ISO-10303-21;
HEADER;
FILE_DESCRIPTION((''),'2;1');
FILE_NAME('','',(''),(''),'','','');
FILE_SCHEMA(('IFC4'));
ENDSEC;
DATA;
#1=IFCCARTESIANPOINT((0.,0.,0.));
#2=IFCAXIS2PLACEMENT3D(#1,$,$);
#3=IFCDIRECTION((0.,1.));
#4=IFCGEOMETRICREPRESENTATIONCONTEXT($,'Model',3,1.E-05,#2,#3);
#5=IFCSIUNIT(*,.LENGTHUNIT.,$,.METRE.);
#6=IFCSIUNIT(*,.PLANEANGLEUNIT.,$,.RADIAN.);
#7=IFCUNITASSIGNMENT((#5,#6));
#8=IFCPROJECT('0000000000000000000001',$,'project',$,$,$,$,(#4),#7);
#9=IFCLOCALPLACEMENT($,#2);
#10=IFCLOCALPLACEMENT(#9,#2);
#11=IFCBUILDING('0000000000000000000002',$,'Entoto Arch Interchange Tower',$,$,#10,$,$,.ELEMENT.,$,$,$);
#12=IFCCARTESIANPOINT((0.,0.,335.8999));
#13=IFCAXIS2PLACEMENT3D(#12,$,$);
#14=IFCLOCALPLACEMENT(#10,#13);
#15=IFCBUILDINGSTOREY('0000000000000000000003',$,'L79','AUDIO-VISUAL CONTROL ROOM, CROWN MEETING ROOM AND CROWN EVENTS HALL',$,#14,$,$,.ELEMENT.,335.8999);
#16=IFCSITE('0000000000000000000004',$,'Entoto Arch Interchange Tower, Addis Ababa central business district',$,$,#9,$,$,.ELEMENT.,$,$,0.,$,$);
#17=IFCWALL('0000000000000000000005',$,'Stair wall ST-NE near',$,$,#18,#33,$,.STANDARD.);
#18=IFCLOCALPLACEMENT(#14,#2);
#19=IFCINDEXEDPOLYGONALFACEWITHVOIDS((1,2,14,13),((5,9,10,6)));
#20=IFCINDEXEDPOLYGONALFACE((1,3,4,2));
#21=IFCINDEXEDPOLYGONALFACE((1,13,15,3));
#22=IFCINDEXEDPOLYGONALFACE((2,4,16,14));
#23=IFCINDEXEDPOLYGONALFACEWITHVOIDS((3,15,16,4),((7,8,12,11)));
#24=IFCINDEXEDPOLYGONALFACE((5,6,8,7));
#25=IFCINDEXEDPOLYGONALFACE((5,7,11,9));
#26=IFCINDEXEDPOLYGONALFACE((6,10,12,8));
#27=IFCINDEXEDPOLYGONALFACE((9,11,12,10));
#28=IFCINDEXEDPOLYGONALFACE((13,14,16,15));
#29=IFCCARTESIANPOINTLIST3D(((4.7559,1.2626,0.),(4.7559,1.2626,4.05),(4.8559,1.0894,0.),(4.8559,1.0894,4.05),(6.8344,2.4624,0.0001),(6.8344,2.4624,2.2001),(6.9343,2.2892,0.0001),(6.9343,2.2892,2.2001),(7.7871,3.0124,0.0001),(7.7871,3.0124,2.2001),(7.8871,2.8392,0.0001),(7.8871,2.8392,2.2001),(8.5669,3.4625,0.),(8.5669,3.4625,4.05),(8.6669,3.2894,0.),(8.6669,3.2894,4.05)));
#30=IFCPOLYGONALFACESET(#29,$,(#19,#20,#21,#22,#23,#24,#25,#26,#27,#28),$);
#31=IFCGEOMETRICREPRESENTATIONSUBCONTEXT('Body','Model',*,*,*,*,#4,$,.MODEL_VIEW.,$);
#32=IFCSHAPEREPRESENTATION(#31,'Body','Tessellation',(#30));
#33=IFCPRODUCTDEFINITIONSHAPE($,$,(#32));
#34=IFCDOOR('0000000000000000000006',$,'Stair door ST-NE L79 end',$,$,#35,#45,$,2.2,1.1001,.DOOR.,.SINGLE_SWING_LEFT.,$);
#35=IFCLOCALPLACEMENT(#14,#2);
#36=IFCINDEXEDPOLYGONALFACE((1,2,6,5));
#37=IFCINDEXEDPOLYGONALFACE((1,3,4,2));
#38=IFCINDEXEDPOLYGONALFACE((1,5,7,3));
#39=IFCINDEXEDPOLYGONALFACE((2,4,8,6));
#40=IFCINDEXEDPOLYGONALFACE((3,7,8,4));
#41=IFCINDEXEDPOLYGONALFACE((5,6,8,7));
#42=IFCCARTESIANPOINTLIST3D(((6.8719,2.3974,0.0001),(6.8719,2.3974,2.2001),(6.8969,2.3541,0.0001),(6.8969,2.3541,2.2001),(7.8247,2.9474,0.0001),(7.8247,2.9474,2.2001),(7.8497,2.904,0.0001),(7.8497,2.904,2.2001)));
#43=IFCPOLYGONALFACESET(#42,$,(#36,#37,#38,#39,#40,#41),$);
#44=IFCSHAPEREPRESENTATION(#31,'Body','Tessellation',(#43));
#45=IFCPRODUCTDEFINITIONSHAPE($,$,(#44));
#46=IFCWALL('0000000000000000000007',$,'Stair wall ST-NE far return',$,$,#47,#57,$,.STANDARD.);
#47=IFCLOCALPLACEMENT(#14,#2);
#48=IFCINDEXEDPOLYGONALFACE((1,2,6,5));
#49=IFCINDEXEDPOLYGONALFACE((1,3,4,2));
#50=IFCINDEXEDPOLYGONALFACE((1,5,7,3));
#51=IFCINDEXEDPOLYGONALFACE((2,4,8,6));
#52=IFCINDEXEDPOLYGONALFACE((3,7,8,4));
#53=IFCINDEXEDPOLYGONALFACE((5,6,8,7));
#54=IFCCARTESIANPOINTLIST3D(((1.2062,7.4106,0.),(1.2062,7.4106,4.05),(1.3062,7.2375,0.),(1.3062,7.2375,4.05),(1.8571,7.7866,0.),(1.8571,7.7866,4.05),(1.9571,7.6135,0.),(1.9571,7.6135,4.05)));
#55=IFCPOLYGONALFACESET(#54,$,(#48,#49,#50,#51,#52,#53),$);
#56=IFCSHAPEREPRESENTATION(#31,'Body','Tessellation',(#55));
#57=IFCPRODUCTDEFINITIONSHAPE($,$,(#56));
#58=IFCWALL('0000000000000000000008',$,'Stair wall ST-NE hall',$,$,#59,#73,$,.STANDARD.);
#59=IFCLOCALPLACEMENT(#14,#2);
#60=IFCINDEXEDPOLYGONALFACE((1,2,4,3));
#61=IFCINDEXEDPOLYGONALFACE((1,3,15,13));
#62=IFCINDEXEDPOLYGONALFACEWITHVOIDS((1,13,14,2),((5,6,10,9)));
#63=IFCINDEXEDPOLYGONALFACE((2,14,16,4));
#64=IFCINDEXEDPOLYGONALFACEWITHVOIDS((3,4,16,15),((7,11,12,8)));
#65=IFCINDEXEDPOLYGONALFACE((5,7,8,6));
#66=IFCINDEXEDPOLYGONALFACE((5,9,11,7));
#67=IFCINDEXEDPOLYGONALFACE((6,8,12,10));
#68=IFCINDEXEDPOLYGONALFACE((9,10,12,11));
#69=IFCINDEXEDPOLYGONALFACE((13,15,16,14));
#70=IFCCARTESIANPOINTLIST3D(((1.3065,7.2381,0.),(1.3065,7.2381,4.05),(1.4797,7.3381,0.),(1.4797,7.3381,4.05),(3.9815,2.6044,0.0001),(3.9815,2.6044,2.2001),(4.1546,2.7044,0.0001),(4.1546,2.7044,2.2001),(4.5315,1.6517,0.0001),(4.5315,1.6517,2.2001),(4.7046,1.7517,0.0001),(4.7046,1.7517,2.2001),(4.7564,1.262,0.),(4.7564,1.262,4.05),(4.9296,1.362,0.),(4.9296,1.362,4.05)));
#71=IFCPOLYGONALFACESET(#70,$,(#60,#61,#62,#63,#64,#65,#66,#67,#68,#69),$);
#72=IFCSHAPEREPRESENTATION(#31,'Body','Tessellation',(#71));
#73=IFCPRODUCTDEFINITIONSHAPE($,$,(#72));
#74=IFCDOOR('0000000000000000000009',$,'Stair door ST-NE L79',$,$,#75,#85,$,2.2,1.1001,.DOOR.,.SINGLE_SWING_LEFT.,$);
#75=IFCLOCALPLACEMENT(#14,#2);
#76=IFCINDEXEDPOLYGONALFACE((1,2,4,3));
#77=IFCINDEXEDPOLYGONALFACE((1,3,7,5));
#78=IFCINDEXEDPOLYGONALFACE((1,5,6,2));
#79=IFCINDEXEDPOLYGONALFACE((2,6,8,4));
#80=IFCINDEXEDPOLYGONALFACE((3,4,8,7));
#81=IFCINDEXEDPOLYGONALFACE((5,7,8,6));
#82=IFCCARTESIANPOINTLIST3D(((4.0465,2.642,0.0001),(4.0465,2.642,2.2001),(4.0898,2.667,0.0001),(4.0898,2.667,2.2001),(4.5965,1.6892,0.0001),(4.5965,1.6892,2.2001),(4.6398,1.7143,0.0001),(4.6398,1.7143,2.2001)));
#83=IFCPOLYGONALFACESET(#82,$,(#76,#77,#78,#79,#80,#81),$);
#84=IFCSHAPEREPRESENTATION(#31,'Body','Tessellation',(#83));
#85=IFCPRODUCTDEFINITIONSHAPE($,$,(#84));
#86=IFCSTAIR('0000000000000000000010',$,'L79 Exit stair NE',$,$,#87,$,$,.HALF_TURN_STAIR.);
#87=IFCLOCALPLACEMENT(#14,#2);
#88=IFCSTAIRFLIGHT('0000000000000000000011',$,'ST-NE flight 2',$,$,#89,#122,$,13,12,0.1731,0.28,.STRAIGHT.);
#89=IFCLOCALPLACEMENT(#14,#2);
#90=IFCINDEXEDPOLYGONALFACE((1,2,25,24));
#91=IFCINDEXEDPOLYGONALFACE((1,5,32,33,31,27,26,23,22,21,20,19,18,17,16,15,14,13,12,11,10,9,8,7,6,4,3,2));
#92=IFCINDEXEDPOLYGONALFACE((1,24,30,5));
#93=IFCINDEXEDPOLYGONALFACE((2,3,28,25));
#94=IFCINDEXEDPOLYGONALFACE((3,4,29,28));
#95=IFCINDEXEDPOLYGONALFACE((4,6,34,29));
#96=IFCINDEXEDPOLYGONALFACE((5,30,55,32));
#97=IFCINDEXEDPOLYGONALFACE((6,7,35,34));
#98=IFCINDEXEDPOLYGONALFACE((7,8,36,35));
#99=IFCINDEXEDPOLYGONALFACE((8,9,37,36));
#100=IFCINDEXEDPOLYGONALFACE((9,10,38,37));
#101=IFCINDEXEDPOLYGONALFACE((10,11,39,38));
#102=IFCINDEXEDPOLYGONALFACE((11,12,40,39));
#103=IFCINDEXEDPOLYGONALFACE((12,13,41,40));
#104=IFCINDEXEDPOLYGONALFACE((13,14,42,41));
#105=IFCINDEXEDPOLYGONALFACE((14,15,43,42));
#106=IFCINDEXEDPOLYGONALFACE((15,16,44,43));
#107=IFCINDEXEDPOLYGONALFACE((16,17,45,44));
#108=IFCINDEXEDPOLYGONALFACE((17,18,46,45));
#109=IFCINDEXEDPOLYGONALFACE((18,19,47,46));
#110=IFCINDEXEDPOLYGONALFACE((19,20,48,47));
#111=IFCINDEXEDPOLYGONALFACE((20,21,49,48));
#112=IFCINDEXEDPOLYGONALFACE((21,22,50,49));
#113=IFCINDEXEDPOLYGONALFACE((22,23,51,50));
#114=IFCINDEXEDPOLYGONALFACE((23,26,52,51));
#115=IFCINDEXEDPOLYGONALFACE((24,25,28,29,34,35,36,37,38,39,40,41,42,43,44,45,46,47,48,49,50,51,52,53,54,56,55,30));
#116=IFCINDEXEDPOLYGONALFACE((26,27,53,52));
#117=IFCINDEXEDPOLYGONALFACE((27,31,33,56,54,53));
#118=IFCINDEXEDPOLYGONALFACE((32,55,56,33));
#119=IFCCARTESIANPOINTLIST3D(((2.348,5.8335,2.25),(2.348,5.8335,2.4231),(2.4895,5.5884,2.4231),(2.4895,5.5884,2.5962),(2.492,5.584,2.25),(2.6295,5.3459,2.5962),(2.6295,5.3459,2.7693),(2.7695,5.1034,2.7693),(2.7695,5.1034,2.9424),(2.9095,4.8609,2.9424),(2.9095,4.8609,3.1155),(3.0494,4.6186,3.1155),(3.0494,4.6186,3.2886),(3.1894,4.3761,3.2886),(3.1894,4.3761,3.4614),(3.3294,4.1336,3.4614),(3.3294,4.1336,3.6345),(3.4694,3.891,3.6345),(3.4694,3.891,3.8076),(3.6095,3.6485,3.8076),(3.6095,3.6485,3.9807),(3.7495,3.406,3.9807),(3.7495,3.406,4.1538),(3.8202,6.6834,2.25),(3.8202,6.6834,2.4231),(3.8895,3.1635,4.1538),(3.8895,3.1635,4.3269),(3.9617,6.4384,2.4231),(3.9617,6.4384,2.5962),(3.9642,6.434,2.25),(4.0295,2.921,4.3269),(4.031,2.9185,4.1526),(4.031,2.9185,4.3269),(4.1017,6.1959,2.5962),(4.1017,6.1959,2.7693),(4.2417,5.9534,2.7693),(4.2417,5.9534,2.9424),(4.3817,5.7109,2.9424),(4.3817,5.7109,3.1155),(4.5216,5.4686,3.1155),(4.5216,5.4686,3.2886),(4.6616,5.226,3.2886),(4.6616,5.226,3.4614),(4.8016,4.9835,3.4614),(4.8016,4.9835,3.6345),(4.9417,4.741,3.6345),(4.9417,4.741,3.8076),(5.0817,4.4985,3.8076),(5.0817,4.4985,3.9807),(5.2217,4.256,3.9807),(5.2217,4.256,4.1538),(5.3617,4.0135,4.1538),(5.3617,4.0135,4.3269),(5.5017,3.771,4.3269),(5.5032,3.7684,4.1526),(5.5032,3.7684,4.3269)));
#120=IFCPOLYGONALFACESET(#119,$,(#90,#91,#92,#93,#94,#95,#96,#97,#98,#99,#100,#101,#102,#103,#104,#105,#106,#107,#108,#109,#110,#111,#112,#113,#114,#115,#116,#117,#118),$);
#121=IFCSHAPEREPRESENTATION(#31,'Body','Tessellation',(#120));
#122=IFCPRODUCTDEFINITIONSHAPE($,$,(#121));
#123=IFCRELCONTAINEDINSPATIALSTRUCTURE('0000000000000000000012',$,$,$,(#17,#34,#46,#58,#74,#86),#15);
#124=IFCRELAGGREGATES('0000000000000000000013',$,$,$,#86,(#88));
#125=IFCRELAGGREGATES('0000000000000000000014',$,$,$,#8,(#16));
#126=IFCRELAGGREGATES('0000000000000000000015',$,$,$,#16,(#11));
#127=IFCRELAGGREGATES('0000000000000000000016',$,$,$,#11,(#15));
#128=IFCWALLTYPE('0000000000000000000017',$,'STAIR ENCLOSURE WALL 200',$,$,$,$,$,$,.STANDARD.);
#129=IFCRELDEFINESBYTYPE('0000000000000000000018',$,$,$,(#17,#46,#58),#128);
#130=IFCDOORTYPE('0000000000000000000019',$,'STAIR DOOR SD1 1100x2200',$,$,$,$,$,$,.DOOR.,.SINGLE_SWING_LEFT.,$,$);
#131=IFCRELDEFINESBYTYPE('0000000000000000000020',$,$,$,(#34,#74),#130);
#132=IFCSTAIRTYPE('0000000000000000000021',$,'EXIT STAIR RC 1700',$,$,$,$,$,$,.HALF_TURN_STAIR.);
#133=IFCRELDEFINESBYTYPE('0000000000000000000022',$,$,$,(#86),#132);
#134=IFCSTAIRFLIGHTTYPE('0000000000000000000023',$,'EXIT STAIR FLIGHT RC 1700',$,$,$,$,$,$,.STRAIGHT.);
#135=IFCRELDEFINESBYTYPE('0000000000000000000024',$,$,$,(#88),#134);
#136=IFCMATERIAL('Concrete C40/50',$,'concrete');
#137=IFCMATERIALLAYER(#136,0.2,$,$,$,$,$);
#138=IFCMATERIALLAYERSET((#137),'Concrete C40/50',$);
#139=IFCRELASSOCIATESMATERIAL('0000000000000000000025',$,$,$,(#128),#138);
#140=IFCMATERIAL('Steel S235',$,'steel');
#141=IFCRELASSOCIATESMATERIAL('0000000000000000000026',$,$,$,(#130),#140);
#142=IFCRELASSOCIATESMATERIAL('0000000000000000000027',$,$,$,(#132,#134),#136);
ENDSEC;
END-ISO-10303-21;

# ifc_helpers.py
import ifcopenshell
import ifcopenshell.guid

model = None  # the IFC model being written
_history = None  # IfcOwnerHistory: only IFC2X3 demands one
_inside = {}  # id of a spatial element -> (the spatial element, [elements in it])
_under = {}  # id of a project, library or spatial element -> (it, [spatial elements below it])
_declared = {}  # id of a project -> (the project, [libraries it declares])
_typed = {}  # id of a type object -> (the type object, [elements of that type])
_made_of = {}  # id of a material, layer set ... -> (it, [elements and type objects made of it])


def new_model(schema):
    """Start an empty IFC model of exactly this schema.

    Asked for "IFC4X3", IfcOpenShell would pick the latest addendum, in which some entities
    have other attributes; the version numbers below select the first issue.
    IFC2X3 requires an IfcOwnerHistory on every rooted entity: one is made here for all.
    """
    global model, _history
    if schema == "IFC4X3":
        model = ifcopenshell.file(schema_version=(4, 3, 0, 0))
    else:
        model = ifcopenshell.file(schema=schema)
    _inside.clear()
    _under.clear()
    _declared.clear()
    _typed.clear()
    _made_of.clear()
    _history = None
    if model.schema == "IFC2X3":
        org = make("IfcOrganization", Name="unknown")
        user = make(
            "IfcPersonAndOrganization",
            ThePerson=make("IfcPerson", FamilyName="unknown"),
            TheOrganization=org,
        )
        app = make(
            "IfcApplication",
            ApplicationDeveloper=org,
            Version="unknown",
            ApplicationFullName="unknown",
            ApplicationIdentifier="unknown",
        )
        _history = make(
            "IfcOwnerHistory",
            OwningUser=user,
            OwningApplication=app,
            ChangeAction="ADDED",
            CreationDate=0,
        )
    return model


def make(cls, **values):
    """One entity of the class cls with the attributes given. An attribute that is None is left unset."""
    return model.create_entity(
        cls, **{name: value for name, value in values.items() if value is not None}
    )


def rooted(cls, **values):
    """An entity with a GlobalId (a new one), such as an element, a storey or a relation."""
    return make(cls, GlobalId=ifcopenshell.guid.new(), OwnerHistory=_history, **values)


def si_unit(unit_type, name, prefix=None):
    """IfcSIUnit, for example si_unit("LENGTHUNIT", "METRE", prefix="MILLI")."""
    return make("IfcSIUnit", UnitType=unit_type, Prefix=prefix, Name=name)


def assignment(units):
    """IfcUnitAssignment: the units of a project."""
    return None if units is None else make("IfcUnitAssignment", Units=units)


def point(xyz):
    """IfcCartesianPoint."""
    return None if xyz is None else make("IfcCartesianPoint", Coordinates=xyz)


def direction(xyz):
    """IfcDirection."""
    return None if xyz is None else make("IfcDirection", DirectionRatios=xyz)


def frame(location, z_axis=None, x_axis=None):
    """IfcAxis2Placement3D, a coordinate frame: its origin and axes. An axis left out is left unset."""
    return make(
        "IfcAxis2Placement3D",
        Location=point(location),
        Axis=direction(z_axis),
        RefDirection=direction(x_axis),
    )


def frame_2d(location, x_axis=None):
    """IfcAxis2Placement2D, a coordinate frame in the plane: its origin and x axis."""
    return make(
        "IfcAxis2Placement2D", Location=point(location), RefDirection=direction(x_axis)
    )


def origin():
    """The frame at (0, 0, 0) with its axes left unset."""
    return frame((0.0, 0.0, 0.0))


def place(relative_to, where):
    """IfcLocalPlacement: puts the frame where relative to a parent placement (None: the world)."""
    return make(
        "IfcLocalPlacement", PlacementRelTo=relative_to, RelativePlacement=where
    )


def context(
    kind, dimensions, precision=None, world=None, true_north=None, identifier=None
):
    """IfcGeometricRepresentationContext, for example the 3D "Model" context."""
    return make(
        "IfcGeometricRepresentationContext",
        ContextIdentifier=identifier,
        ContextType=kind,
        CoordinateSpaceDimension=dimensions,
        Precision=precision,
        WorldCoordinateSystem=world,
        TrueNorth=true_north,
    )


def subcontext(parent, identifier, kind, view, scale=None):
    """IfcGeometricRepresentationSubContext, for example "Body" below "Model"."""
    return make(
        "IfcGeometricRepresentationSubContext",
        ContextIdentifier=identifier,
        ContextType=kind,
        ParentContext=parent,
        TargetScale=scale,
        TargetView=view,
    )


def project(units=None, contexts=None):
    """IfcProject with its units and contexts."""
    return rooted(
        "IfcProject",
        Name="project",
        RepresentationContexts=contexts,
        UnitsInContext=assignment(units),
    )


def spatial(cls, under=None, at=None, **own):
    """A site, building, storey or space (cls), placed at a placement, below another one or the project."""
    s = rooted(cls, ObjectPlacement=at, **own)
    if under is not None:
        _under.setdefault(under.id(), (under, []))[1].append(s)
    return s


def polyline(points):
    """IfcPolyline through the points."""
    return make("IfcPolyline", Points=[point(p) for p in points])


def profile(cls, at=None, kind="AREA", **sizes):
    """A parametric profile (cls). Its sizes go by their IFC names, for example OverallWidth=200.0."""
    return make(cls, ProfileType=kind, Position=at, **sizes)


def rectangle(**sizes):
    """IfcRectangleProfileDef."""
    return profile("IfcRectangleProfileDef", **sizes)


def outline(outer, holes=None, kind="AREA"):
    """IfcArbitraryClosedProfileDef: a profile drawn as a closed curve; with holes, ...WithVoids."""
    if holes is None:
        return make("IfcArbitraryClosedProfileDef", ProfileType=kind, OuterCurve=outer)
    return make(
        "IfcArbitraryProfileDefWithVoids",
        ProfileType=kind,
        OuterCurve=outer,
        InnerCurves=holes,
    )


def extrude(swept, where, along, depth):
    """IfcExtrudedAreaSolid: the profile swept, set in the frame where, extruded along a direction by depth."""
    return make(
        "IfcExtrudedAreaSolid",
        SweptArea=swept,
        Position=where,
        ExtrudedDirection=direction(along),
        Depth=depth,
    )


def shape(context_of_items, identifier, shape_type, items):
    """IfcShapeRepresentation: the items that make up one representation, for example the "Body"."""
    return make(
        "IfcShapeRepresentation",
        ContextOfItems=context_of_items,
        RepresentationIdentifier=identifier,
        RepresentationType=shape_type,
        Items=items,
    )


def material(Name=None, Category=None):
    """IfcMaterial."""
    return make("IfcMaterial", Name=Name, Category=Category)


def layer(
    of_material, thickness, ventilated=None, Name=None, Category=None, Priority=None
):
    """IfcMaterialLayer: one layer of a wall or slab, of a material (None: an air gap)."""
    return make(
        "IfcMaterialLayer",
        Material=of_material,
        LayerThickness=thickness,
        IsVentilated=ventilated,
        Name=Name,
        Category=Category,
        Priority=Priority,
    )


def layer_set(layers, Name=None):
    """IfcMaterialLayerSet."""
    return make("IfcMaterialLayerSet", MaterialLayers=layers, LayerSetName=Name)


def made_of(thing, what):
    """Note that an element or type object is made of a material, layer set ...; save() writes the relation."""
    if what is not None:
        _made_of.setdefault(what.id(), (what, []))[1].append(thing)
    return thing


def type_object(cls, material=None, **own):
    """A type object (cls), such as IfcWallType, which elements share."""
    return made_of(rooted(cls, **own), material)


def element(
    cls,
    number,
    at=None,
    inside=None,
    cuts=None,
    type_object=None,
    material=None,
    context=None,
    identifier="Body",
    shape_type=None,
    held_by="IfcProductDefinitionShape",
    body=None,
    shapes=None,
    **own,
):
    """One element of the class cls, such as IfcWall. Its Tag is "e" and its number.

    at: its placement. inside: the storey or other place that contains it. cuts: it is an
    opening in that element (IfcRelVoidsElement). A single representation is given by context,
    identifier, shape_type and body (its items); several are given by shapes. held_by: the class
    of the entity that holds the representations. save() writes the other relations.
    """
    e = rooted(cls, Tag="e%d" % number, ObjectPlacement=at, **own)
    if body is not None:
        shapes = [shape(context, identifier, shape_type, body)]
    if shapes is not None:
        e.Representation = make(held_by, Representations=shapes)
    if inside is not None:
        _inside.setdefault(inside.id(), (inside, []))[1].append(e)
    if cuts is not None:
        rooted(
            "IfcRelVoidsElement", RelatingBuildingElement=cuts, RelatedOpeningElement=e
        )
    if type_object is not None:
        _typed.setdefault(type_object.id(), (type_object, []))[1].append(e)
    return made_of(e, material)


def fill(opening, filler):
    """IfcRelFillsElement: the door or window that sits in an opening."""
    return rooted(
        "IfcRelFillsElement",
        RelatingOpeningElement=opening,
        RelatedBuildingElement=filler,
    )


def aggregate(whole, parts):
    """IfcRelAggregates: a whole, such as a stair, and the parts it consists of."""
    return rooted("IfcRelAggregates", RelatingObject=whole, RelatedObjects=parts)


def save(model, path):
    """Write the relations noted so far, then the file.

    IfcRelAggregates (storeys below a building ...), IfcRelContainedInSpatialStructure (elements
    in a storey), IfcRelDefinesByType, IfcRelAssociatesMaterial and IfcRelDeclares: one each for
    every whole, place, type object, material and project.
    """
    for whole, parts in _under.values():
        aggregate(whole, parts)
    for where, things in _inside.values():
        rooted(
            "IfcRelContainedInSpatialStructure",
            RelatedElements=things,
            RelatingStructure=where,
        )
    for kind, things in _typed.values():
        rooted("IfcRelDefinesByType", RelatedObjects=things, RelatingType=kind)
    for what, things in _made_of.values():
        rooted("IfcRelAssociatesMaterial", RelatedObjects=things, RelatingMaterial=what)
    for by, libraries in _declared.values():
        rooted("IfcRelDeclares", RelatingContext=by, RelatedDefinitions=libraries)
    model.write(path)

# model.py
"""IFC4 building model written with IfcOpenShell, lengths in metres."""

from ifc_helpers import new_model, si_unit, direction, frame, frame_2d, origin, place, context, subcontext, project, spatial, polyline, rectangle, outline, extrude, material, layer, layer_set, type_object, element, fill, aggregate, save


model = new_model("IFC4")

# Units and contexts
model_context = context("Model", 3, precision=1e-05, world=origin(), true_north=direction((0.0, 1.0)))
body_context = subcontext(model_context, "Body", "Model", "MODEL_VIEW")
ifc_project = project(units=[si_unit("LENGTHUNIT", "METRE"), si_unit("PLANEANGLEUNIT", "RADIAN")], contexts=[model_context])

# Site, building, storey
site_placement = place(None, origin())
site = spatial("IfcSite", under=ifc_project, at=site_placement, Name="Entoto Arch Interchange Tower, Addis Ababa central business district", CompositionType="ELEMENT", RefElevation=0.0)
building_placement = place(site_placement, origin())
building = spatial("IfcBuilding", under=site, at=building_placement, Name="Entoto Arch Interchange Tower", CompositionType="ELEMENT")
storey_placement = place(building_placement, frame((0.0, 0.0, 335.8999)))
storey = spatial("IfcBuildingStorey", under=building, at=storey_placement, Name="L79", Description="AUDIO-VISUAL CONTROL ROOM, CROWN MEETING ROOM AND CROWN EVENTS HALL", CompositionType="ELEMENT", Elevation=335.8999)

# Shared definitions
ifc_material_1 = material(Name="Concrete C40/50", Category="concrete")

# Wall, opening, door
ifc_layer_1 = layer(ifc_material_1, 0.2)
ifc_layer_set_1 = layer_set([ifc_layer_1], Name="Concrete C40/50")
wall_type_1 = type_object("IfcWallType", Name="STAIR ENCLOSURE WALL 200", PredefinedType="STANDARD", material=ifc_layer_set_1)
wall_1_placement = place(storey_placement, frame((4.8059, 1.176, 0.0), z_axis=(0.0, 0.0, 1.0), x_axis=(0.86606, 0.49994, 0.0)))
wall_1 = element("IfcWall", 1, at=wall_1_placement, inside=storey, type_object=wall_type_1, Name="Stair wall ST-NE near", PredefinedType="STANDARD", context=body_context, shape_type="SweptSolid", body=[
    extrude(rectangle(XDim=4.4004, YDim=0.2, at=frame_2d((2.2002, 0.0))), origin(), (0.0, 0.0, 1.0), 4.05),
])
opening_1_placement = place(wall_1_placement, frame((2.3999, 0.0, 0.0)))
opening_1 = element("IfcOpeningElement", 2, at=opening_1_placement, cuts=wall_1, PredefinedType="OPENING", context=body_context, shape_type="SweptSolid", body=[
    extrude(rectangle(XDim=1.1001, YDim=2.2, at=frame_2d((0.55, 1.1001))), frame((0.0, 0.1099, 0.0), z_axis=(0.0, -1.0, 0.0), x_axis=(1.0, 0.0, 0.0)), (0.0, 0.0, 1.0), 0.22),
])
ifc_material_2 = material(Name="Steel S235", Category="steel")
door_type_1 = type_object("IfcDoorType", Name="STAIR DOOR SD1 1100x2200", OperationType="SINGLE_SWING_LEFT", PredefinedType="DOOR", material=ifc_material_2)
door_1_placement = place(opening_1_placement, origin())
door_1 = element("IfcDoor", 3, at=door_1_placement, inside=storey, type_object=door_type_1, Name="Stair door ST-NE L79 end", OperationType="SINGLE_SWING_LEFT", OverallHeight=2.2, OverallWidth=1.1001, PredefinedType="DOOR", context=body_context, shape_type="SweptSolid", body=[
    extrude(rectangle(XDim=1.1001, YDim=2.2, at=frame_2d((0.55, 1.1001))), frame((0.0, 0.0249, 0.0), z_axis=(0.0, -1.0, 0.0), x_axis=(1.0, 0.0, 0.0)), (0.0, 0.0, 1.0), 0.05),
])
fill(opening_1, door_1)

# Wall
wall_2_placement = place(storey_placement, frame((1.2561, 7.324, 0.0), z_axis=(0.0, 0.0, 1.0), x_axis=(0.865915, 0.500191, 0.0)))
element("IfcWall", 4, at=wall_2_placement, inside=storey, type_object=wall_type_1, Name="Stair wall ST-NE far return", PredefinedType="STANDARD", context=body_context, shape_type="SweptSolid", body=[
    extrude(rectangle(XDim=0.7517, YDim=0.2, at=frame_2d((0.376, 0.0))), origin(), (0.0, 0.0, 1.0), 4.05),
])

# Wall, opening, door
wall_3_placement = place(storey_placement, frame((4.843, 1.312, 0.0), z_axis=(0.0, 0.0, 1.0), x_axis=(-0.499963, 0.866047, 0.0)))
wall_3 = element("IfcWall", 5, at=wall_3_placement, inside=storey, type_object=wall_type_1, Name="Stair wall ST-NE hall", PredefinedType="STANDARD", context=body_context, shape_type="SweptSolid", body=[
    extrude(rectangle(XDim=6.9004, YDim=0.2, at=frame_2d((3.4502, 0.0))), origin(), (0.0, 0.0, 1.0), 4.05),
])
opening_2_placement = place(wall_3_placement, frame((0.45, 0.0, 0.0)))
opening_2 = element("IfcOpeningElement", 6, at=opening_2_placement, cuts=wall_3, PredefinedType="OPENING", context=body_context, shape_type="SweptSolid", body=[
    extrude(rectangle(XDim=1.1001, YDim=2.2, at=frame_2d((0.55, 1.1001))), frame((0.0, 0.1099, 0.0), z_axis=(0.0, -1.0, 0.0), x_axis=(1.0, 0.0, 0.0)), (0.0, 0.0, 1.0), 0.22),
])
door_2_placement = place(opening_2_placement, origin())
door_2 = element("IfcDoor", 7, at=door_2_placement, inside=storey, type_object=door_type_1, Name="Stair door ST-NE L79", OperationType="SINGLE_SWING_LEFT", OverallHeight=2.2, OverallWidth=1.1001, PredefinedType="DOOR", context=body_context, shape_type="SweptSolid", body=[
    extrude(rectangle(XDim=1.1001, YDim=2.2, at=frame_2d((0.55, 1.1001))), frame((0.0, 0.0249, 0.0), z_axis=(0.0, -1.0, 0.0), x_axis=(1.0, 0.0, 0.0)), (0.0, 0.0, 1.0), 0.05),
])
fill(opening_2, door_2)

# Stair, stair flight
stair_type = type_object("IfcStairType", Name="EXIT STAIR RC 1700", PredefinedType="HALF_TURN_STAIR", material=ifc_material_1)
stair_placement = place(storey_placement, origin())
stair = element("IfcStair", 8, at=stair_placement, inside=storey, type_object=stair_type, Name="L79 Exit stair NE", PredefinedType="HALF_TURN_STAIR")
stair_flight_type = type_object("IfcStairFlightType", Name="EXIT STAIR FLIGHT RC 1700", PredefinedType="STRAIGHT", material=ifc_material_1)
stair_flight_placement = place(storey_placement, frame((3.0854, 6.2559, 2.25), z_axis=(0.0, 0.0, 1.0), x_axis=(0.5, -0.866025, 0.0)))
stair_flight = element("IfcStairFlight", 9, at=stair_flight_placement, type_object=stair_flight_type, Name="ST-NE flight 2", NumberOfRisers=13, NumberOfTreads=12, PredefinedType="STRAIGHT", RiserHeight=0.1731, TreadLength=0.28, context=body_context, shape_type="SweptSolid", body=[
    extrude(outline(polyline([(-0.0029, 0.0), (-0.0029, 0.1731), (0.28, 0.1731), (0.28, 0.3462), (0.5601, 0.3462), (0.5601, 0.5193), (0.8401, 0.5193), (0.8401, 0.6924), (1.1201, 0.6924), (1.1201, 0.8655), (1.3999, 0.8655), (1.3999, 1.0386), (1.6799, 1.0386), (1.6799, 1.2114), (1.96, 1.2114), (1.96, 1.3845), (2.24, 1.3845), (2.24, 1.5576), (2.52, 1.5576), (2.52, 1.7307), (2.8, 1.7307), (2.8, 1.9038), (3.0801, 1.9038), (3.0801, 2.0769), (3.3601, 2.0769), (3.363, 2.0769), (3.363, 1.9026), (0.2852, 0.0), (-0.0029, 0.0)])), frame((0.0, 0.8501, 0.0), z_axis=(0.0, -1.0, 0.0), x_axis=(1.0, 0.0, 0.0)), (0.0, 0.0, 1.0), 1.7),
])
aggregate(stair, [stair_flight])

save(model, "model.ifc")
